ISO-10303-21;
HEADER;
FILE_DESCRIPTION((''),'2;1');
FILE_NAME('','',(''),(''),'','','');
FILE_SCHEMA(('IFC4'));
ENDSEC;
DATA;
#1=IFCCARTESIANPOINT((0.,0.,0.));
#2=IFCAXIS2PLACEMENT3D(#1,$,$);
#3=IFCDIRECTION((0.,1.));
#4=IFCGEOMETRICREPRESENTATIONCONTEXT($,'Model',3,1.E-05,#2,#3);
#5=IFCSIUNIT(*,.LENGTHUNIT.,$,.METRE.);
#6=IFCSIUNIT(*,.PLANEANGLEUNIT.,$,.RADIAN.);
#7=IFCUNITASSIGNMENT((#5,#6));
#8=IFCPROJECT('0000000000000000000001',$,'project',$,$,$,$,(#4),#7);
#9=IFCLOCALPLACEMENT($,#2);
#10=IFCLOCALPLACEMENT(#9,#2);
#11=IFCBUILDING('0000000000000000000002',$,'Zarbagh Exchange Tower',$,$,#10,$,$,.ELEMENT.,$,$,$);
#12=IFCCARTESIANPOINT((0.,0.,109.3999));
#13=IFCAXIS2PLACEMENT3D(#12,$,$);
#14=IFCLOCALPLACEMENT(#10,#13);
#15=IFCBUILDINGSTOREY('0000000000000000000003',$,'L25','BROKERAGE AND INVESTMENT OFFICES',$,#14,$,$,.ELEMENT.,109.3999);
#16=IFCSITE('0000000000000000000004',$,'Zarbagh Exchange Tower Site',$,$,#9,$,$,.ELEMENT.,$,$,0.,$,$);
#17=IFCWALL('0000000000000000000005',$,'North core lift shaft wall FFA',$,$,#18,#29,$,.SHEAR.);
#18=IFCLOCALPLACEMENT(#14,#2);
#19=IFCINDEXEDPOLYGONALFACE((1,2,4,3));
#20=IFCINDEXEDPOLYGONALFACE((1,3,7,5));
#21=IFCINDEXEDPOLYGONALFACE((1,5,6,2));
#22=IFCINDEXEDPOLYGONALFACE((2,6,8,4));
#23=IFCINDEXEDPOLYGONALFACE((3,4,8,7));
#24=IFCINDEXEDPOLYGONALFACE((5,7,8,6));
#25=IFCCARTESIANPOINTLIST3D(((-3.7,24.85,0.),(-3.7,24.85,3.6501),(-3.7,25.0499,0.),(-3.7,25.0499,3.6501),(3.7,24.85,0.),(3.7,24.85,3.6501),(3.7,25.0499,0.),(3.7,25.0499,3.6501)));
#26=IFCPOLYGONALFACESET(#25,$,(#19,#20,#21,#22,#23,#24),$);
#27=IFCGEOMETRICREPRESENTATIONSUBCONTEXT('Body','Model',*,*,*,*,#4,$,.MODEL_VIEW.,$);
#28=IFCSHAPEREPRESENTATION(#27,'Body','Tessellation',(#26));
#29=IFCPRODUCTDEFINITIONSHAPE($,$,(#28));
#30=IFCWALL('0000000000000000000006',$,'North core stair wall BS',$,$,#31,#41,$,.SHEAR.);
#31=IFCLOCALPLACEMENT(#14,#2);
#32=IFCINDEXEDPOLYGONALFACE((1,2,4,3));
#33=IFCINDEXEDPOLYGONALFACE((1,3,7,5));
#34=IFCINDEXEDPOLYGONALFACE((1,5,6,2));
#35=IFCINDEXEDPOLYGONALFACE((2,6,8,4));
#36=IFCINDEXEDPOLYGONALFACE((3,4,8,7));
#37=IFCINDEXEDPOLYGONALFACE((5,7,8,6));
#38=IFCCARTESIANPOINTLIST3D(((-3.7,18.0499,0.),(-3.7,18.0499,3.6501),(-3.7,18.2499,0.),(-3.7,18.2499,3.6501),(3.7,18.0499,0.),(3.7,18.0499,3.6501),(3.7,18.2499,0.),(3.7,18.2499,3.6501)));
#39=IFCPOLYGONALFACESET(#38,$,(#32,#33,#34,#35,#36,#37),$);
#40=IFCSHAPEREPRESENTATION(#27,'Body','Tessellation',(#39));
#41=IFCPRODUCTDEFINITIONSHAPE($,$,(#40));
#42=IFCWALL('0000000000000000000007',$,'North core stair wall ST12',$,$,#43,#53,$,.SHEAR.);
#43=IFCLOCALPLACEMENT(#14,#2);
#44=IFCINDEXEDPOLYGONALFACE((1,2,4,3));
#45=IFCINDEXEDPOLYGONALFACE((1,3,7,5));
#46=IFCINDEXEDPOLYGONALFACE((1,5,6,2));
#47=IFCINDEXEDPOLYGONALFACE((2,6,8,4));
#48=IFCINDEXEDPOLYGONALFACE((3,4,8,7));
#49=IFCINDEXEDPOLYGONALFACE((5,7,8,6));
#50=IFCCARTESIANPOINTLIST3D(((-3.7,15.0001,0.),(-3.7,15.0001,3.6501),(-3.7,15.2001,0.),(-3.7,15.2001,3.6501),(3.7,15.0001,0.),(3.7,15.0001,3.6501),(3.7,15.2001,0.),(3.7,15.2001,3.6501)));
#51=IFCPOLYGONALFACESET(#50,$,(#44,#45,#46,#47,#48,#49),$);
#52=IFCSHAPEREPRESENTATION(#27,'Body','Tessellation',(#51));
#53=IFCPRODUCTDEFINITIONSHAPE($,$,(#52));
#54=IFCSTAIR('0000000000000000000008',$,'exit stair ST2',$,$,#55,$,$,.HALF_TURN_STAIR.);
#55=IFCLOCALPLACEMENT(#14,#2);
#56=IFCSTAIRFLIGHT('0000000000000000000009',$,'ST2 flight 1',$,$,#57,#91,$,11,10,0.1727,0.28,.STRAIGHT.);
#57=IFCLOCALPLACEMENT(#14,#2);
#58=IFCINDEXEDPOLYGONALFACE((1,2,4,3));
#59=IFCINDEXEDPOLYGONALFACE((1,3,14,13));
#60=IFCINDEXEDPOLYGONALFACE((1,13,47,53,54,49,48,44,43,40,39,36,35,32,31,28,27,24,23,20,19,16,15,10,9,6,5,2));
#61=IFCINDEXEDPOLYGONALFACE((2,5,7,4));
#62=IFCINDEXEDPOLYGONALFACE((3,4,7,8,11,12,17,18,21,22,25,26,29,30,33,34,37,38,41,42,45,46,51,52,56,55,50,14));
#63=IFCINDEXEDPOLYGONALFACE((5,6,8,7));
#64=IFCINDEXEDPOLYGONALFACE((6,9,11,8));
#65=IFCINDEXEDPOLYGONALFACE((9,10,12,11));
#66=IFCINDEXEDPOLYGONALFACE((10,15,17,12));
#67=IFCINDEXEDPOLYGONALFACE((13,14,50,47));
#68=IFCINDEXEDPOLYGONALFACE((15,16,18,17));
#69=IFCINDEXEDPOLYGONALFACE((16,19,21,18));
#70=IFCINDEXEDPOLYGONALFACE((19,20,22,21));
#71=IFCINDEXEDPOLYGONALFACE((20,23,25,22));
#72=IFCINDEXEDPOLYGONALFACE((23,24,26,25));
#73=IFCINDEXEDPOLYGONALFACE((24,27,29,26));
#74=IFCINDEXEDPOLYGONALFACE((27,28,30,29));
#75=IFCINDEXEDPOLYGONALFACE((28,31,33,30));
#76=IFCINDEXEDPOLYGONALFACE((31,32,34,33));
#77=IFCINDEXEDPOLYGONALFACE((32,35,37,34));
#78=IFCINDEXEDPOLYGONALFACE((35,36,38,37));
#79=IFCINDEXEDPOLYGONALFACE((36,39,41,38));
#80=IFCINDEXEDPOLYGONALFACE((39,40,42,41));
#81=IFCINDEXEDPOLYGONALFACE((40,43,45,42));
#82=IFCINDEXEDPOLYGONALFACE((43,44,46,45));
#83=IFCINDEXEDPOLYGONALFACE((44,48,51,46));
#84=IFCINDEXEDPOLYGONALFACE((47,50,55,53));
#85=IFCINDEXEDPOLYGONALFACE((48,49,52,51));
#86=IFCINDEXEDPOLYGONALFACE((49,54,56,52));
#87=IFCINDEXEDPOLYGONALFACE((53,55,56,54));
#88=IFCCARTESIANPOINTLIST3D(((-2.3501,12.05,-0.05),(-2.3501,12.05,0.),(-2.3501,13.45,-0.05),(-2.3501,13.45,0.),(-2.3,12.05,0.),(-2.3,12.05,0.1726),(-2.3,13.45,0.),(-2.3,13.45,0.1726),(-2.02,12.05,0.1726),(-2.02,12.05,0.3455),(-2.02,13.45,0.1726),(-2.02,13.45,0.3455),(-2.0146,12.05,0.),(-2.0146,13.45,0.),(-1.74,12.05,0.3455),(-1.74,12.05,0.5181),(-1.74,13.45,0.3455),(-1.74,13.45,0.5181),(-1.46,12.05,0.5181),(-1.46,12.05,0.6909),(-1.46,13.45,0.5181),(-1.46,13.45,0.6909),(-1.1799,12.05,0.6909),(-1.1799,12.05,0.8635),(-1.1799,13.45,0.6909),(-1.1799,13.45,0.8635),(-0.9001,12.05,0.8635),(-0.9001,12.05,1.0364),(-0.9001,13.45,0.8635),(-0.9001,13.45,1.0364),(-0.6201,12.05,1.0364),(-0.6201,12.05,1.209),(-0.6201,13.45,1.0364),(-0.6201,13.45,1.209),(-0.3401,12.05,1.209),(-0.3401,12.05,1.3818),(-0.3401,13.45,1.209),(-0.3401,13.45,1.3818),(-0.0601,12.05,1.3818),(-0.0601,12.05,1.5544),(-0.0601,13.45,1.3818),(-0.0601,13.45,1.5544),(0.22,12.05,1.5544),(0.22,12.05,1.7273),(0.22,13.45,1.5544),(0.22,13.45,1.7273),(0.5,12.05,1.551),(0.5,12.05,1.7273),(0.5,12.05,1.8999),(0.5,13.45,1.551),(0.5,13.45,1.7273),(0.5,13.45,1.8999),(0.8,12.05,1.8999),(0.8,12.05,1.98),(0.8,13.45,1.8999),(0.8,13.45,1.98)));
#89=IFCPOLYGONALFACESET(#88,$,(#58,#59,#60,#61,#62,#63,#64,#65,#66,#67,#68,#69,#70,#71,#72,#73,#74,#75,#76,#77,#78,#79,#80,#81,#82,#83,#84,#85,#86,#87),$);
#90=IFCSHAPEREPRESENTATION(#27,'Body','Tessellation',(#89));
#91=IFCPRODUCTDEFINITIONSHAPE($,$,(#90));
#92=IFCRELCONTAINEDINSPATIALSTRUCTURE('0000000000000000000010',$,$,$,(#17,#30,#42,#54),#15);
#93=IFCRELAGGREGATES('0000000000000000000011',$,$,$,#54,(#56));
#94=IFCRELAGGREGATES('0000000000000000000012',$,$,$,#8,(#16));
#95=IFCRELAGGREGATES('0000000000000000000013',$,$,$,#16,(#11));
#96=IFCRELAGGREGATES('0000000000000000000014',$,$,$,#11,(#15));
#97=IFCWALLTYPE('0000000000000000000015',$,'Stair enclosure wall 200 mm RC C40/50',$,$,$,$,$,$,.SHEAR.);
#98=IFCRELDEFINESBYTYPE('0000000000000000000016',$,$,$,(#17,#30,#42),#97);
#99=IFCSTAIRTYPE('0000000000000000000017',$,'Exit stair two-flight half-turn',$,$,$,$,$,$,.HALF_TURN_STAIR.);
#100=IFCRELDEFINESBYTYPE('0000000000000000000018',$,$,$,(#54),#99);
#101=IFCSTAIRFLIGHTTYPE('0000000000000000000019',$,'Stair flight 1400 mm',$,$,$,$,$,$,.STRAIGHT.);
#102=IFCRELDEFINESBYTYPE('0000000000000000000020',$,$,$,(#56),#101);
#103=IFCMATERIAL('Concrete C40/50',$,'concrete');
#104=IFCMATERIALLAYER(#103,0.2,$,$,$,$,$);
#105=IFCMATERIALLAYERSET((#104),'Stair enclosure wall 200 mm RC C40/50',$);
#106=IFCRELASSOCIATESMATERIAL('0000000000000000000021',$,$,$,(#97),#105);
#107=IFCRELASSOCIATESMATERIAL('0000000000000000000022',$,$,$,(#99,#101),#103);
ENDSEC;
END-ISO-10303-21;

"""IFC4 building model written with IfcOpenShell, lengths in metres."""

from ifc_helpers import new_model, si_unit, direction, frame, frame_2d, origin, place, context, subcontext, project, spatial, polyline, rectangle, outline, extrude, material, layer, layer_set, type_object, element, aggregate, save


model = new_model("IFC4")

# Units and contexts
model_context = context("Model", 3, precision=1e-05, world=origin(), true_north=direction((0.0, 1.0)))
body_context = subcontext(model_context, "Body", "Model", "MODEL_VIEW")
ifc_project = project(units=[si_unit("LENGTHUNIT", "METRE"), si_unit("PLANEANGLEUNIT", "RADIAN")], contexts=[model_context])

# Site, building, storey
site_placement = place(None, origin())
site = spatial("IfcSite", under=ifc_project, at=site_placement, Name="Zarbagh Exchange Tower Site", CompositionType="ELEMENT", RefElevation=0.0)
building_placement = place(site_placement, origin())
building = spatial("IfcBuilding", under=site, at=building_placement, Name="Zarbagh Exchange Tower", CompositionType="ELEMENT")
storey_placement = place(building_placement, frame((0.0, 0.0, 109.3999)))
storey = spatial("IfcBuildingStorey", under=building, at=storey_placement, Name="L25", Description="BROKERAGE AND INVESTMENT OFFICES", CompositionType="ELEMENT", Elevation=109.3999)

# Walls
ifc_material_1 = material(Name="Concrete C40/50", Category="concrete")
ifc_layer_1 = layer(ifc_material_1, 0.2)
ifc_layer_set_1 = layer_set([ifc_layer_1], Name="Stair enclosure wall 200 mm RC C40/50")
wall_type_1 = type_object("IfcWallType", Name="Stair enclosure wall 200 mm RC C40/50", PredefinedType="SHEAR", material=ifc_layer_set_1)
for number, where, z_axis, x_axis, name in (
    (1, (-3.7, 24.95, 0.0), (0.0, 0.0, 1.0), (1.0, 0.0, 0.0), "North core lift shaft wall FFA"),
    (2, (-3.7, 18.1499, 0.0), (0.0, 0.0, 1.0), (1.0, 0.0, 0.0), "North core stair wall BS"),
    (3, (-3.7, 15.1001, 0.0), (0.0, 0.0, 1.0), (1.0, 0.0, 0.0), "North core stair wall ST12"),
):
    element("IfcWall", number, at=place(storey_placement, frame(where, z_axis=z_axis, x_axis=x_axis)), inside=storey, type_object=wall_type_1, Name=name, PredefinedType="SHEAR", context=body_context, shape_type="SweptSolid", body=[
        extrude(rectangle(XDim=7.3999, YDim=0.2, at=frame_2d((3.7, 0.0))), origin(), (0.0, 0.0, 1.0), 3.6501),
    ])

# Stair, stair flight
stair_type = type_object("IfcStairType", Name="Exit stair two-flight half-turn", PredefinedType="HALF_TURN_STAIR", material=ifc_material_1)
stair_placement = place(storey_placement, origin())
stair = element("IfcStair", 4, at=stair_placement, inside=storey, type_object=stair_type, Name="exit stair ST2", PredefinedType="HALF_TURN_STAIR")
stair_flight_type = type_object("IfcStairFlightType", Name="Stair flight 1400 mm", PredefinedType="STRAIGHT", material=ifc_material_1)
stair_flight_placement = place(storey_placement, frame((-2.3, 12.75, 0.0), z_axis=(0.0, 0.0, 1.0), x_axis=(1.0, 0.0, 0.0)))
stair_flight = element("IfcStairFlight", 5, at=stair_flight_placement, type_object=stair_flight_type, Name="ST2 flight 1", NumberOfRisers=11, NumberOfTreads=10, PredefinedType="STRAIGHT", RiserHeight=0.1727, TreadLength=0.28, context=body_context, shape_type="SweptSolid", body=[
    extrude(outline(polyline([(-0.05, -0.05), (-0.05, 0.0), (0.0, 0.0), (0.0, 0.1726), (0.28, 0.1726), (0.28, 0.3455), (0.5601, 0.3455), (0.5601, 0.5181), (0.8401, 0.5181), (0.8401, 0.6909), (1.1201, 0.6909), (1.1201, 0.8635), (1.3999, 0.8635), (1.3999, 1.0364), (1.6799, 1.0364), (1.6799, 1.209), (1.96, 1.209), (1.96, 1.3818), (2.24, 1.3818), (2.24, 1.5544), (2.52, 1.5544), (2.52, 1.7273), (2.8, 1.7273), (2.8, 1.8999), (3.1001, 1.98), (3.1001, 1.8999), (2.8, 1.551), (0.2854, 0.0), (-0.05, -0.05)])), frame((0.0, 0.7, 0.0), z_axis=(0.0, -1.0, 0.0), x_axis=(1.0, 0.0, 0.0)), (0.0, 0.0, 1.0), 1.3999),
])
aggregate(stair, [stair_flight])

save(model, "model.ifc")
